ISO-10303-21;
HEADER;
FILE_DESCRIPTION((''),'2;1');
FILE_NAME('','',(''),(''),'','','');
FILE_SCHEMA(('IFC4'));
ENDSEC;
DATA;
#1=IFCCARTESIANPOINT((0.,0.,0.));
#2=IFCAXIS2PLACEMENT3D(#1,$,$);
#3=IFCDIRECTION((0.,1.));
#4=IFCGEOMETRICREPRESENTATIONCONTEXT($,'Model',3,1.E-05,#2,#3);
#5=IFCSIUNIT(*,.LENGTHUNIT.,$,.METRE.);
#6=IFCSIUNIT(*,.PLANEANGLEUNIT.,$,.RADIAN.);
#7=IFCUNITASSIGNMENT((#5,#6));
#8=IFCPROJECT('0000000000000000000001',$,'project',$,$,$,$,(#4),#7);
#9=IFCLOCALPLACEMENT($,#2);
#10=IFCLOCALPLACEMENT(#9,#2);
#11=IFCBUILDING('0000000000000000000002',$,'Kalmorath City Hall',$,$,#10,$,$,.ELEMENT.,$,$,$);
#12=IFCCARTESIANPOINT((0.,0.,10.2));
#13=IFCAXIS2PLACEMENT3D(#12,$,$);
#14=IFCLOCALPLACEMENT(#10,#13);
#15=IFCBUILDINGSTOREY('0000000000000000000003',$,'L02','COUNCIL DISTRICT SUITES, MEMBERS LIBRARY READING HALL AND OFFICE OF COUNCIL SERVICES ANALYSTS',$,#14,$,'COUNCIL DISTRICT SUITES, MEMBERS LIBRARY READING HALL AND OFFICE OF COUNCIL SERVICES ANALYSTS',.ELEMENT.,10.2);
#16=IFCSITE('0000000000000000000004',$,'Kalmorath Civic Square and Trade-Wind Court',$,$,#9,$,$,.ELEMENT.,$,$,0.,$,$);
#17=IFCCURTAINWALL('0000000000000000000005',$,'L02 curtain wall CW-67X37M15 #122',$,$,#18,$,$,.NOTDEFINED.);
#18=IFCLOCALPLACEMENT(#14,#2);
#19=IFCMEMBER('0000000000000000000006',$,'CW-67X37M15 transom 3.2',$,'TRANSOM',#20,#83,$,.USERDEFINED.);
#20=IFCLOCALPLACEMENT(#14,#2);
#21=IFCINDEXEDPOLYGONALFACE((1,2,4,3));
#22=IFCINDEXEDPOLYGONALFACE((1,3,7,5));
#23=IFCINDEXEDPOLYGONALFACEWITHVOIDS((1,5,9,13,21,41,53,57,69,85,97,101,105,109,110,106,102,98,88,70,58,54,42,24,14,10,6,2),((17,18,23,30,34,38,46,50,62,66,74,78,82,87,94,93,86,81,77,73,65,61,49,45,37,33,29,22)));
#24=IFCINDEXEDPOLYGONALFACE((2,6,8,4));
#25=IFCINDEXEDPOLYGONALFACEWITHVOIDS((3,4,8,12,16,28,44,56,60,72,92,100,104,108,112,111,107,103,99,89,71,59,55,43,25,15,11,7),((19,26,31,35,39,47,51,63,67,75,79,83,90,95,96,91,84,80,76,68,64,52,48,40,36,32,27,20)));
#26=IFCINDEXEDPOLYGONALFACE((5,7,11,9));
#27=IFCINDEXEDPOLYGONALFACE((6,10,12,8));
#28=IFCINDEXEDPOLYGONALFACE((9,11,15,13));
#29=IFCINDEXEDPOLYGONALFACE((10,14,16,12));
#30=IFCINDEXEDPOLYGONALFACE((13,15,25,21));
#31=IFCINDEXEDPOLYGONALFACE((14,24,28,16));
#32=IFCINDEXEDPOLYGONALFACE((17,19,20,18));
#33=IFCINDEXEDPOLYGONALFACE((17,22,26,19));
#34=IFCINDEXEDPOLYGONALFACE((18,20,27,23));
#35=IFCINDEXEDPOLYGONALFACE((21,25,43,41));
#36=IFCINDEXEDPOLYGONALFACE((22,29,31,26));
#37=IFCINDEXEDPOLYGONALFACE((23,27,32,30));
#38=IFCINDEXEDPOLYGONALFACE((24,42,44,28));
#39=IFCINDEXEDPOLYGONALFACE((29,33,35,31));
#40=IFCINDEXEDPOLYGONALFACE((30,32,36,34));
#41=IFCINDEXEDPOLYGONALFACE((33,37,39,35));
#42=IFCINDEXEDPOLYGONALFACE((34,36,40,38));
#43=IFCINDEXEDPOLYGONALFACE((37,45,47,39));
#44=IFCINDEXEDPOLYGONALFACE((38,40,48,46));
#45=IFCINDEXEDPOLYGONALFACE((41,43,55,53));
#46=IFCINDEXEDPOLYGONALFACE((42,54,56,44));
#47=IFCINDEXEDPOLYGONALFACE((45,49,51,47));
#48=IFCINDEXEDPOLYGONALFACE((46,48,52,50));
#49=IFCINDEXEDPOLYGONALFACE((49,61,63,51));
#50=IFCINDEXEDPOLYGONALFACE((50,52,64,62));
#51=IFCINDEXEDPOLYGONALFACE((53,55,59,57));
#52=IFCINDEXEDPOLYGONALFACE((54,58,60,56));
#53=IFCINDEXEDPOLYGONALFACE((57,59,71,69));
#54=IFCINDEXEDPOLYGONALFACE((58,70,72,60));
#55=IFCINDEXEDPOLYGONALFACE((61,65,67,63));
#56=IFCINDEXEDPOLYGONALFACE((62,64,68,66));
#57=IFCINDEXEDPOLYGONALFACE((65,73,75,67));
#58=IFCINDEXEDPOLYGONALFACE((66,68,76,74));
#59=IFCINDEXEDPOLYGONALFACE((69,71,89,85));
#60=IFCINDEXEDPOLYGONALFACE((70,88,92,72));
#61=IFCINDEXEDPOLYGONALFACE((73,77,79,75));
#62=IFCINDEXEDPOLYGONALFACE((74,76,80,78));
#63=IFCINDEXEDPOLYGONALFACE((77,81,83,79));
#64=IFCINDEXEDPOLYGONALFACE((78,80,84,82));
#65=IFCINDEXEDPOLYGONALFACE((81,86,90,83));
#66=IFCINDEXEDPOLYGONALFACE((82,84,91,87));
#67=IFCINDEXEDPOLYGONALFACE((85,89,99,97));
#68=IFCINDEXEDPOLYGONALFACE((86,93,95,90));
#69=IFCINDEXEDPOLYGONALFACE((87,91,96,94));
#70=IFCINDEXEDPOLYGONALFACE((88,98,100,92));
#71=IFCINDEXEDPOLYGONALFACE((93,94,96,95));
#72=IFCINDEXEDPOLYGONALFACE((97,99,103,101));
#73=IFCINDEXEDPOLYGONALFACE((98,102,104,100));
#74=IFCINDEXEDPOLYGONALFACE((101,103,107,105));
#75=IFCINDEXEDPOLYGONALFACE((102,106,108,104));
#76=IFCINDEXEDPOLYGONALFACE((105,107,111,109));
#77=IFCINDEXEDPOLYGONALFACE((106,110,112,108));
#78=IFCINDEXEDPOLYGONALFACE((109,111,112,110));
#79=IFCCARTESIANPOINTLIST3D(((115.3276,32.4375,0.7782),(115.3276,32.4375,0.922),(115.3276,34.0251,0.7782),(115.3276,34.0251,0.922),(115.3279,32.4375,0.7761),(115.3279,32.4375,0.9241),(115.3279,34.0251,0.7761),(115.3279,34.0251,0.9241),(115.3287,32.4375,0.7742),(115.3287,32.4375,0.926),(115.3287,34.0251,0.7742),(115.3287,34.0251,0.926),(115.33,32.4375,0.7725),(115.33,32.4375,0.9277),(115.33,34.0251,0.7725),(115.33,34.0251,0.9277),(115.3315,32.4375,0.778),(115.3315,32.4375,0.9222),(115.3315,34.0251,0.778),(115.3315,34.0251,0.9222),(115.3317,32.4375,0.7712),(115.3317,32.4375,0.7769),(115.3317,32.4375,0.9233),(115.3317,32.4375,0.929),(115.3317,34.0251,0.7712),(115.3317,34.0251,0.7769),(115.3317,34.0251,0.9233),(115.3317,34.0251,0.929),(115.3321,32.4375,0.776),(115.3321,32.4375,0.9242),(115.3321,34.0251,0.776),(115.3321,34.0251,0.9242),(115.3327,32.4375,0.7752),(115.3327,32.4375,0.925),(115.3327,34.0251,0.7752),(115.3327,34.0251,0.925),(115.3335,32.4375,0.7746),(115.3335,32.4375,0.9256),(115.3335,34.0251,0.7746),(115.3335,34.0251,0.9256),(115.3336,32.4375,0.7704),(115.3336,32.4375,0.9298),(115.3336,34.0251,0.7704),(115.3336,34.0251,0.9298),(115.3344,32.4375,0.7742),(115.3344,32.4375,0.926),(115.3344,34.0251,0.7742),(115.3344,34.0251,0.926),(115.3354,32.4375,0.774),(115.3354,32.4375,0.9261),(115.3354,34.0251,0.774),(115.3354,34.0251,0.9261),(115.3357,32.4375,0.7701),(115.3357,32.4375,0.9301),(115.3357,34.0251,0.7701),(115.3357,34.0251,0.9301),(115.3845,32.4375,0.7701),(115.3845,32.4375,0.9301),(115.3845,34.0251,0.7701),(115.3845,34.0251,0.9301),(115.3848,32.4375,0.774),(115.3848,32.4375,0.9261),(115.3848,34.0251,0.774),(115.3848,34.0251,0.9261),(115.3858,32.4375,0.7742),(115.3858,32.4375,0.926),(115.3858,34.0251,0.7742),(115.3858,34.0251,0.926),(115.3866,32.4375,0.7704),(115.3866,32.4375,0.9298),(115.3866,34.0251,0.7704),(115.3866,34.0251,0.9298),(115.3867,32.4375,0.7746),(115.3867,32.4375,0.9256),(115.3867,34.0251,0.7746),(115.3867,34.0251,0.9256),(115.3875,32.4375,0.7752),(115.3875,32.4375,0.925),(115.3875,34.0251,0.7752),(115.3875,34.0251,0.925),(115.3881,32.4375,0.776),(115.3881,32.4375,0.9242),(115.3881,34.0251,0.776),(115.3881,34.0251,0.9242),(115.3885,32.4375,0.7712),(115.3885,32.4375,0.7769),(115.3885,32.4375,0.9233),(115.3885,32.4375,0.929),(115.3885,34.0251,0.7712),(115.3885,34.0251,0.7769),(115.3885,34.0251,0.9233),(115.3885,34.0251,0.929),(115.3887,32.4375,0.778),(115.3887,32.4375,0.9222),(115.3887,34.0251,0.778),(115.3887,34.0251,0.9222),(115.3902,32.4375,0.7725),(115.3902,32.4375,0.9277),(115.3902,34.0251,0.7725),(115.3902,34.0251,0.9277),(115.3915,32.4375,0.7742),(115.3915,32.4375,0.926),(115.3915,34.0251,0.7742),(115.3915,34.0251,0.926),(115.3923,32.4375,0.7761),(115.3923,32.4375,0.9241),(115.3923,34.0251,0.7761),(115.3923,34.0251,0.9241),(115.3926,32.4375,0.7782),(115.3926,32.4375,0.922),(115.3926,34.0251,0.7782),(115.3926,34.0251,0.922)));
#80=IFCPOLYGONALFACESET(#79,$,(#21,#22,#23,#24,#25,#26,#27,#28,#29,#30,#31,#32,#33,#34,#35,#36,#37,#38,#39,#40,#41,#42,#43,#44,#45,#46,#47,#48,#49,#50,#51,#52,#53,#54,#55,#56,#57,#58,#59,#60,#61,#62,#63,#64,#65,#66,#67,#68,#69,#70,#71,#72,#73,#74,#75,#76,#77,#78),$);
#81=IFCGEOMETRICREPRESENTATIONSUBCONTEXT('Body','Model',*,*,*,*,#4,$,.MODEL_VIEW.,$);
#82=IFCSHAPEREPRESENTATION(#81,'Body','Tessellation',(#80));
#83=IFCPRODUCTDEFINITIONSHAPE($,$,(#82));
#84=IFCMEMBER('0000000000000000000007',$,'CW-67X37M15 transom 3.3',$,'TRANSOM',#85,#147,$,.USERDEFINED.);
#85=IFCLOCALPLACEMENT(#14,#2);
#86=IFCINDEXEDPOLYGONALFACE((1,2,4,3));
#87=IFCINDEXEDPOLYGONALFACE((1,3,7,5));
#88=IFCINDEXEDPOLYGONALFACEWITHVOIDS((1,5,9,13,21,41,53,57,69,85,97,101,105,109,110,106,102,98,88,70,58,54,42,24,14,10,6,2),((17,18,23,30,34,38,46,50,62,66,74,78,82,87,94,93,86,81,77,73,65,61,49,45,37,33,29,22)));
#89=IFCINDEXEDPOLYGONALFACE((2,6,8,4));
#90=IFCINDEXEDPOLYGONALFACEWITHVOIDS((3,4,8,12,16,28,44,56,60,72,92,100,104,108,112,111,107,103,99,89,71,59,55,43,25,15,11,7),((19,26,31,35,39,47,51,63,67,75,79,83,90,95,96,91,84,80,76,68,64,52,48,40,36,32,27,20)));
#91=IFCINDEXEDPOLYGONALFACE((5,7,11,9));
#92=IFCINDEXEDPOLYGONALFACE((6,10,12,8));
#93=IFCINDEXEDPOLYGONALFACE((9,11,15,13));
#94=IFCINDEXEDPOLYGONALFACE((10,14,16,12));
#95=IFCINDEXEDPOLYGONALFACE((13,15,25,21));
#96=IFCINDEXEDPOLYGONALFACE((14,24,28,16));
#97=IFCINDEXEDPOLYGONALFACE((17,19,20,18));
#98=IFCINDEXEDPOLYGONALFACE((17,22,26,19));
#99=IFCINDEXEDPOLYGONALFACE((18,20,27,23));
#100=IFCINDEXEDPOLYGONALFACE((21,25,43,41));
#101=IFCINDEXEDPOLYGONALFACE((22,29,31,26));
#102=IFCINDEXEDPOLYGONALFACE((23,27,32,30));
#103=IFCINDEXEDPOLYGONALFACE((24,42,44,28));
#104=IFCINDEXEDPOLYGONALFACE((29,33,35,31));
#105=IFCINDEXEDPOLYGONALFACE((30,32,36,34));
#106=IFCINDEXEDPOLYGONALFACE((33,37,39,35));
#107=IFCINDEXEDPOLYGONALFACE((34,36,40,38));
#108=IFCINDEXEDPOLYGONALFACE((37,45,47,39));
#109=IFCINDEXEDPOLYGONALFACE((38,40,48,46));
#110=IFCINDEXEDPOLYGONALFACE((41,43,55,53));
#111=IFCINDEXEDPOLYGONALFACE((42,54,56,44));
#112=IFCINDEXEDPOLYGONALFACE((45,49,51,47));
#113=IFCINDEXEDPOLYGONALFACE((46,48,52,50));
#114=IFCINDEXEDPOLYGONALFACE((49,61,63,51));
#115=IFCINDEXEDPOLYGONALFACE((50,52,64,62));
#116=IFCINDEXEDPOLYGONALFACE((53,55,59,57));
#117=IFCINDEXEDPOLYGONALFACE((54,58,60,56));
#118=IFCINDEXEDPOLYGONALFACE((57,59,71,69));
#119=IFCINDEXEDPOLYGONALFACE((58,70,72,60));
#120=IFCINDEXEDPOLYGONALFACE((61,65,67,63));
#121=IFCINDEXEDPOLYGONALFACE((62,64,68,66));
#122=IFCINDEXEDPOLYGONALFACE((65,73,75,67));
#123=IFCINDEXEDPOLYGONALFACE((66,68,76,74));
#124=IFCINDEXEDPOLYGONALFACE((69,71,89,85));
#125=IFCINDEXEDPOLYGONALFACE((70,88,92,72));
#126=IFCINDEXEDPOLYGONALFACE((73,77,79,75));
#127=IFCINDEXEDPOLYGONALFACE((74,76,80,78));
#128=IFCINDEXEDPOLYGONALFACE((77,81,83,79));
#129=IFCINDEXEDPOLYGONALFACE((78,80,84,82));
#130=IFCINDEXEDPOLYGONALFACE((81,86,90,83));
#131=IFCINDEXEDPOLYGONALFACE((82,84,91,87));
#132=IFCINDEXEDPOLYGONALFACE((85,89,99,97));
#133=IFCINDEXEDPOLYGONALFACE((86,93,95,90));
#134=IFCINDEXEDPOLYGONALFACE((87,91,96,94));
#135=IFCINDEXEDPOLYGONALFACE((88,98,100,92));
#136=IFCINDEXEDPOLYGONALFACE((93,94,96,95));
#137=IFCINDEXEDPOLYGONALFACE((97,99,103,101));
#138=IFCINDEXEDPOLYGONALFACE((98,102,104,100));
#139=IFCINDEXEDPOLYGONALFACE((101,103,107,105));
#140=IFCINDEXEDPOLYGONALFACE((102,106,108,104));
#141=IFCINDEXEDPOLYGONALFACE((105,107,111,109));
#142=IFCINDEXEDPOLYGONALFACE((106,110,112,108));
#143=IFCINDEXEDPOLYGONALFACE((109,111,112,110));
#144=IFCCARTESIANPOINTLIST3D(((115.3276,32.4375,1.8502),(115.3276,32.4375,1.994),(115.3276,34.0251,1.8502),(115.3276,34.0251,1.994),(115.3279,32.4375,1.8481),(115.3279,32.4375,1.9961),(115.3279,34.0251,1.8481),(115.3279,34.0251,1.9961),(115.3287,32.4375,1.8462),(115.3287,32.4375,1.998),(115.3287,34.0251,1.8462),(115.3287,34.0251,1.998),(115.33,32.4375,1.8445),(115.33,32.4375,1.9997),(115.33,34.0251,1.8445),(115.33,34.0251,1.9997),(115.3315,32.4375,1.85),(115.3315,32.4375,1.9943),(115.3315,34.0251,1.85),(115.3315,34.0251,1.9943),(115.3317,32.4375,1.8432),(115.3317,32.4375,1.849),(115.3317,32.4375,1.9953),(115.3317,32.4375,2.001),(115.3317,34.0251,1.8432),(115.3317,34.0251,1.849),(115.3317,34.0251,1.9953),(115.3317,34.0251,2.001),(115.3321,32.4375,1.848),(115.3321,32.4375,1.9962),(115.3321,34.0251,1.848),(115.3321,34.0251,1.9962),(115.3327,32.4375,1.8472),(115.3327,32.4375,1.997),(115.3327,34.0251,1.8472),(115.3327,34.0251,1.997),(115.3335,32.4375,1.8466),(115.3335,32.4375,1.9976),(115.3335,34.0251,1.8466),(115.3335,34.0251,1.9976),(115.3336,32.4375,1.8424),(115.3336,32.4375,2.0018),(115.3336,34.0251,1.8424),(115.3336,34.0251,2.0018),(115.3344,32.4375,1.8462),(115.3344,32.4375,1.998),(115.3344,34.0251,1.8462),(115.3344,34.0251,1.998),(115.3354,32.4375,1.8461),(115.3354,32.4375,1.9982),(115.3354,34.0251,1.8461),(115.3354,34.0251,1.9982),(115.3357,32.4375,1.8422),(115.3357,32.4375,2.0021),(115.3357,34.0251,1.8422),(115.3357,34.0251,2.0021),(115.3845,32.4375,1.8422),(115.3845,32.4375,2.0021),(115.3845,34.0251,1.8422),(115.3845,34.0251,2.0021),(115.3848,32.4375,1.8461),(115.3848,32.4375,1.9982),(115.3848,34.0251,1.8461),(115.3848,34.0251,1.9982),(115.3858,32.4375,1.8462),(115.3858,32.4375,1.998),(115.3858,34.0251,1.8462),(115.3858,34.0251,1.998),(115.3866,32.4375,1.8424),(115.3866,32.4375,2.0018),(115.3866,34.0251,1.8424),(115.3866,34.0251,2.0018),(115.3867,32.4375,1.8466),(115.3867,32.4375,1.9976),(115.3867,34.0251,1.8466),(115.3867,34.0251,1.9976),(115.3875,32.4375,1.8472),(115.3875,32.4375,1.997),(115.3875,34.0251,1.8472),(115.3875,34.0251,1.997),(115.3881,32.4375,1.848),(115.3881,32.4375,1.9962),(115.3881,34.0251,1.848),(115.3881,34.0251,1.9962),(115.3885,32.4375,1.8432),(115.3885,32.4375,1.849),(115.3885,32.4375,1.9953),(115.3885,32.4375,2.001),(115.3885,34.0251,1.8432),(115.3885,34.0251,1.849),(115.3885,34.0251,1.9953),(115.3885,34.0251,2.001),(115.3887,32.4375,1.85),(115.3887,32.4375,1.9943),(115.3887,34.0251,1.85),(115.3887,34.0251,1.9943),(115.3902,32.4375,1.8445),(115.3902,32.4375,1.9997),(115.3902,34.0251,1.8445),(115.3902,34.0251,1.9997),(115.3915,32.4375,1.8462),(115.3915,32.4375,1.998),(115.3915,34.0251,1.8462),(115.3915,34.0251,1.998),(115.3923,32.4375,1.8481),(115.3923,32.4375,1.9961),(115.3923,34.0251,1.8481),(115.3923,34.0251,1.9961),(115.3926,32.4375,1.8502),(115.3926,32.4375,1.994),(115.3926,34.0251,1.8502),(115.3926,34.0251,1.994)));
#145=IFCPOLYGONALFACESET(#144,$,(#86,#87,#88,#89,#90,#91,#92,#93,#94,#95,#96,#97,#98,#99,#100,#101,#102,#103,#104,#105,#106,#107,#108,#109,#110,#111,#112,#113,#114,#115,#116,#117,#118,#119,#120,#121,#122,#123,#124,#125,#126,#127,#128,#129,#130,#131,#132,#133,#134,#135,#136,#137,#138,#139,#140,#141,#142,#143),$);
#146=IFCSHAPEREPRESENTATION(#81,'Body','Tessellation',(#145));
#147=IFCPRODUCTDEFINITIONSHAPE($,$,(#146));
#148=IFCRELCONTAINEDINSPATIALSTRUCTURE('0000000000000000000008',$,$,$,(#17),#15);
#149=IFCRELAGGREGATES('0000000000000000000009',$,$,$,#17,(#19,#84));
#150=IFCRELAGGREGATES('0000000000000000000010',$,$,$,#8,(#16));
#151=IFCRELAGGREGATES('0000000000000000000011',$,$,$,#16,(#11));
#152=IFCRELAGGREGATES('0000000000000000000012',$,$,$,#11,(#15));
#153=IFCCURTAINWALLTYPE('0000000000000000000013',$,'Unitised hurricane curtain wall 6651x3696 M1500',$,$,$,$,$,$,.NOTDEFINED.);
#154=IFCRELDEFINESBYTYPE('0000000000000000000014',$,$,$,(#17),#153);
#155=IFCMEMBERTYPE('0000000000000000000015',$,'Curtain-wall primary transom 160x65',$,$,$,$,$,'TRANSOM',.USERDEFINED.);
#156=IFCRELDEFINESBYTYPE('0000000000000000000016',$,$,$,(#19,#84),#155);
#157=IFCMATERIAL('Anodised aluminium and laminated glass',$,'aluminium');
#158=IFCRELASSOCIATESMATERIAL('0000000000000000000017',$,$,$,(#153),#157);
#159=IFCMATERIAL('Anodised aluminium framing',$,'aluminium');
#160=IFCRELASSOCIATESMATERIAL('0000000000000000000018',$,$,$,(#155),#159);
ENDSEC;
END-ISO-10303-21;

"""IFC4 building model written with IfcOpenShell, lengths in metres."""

from ifc_helpers import new_model, si_unit, direction, frame, origin, origin_2d, place, context, subcontext, project, spatial, hollow_rectangle, extrude, material, material_profile, profile_set, type_object, element, aggregate, save


model = new_model("IFC4")

# Units and contexts
model_context = context("Model", 3, precision=1e-05, world=origin(), true_north=direction((0.0, 1.0)))
body_context = subcontext(model_context, "Body", "Model", "MODEL_VIEW")
ifc_project = project(units=[si_unit("LENGTHUNIT", "METRE"), si_unit("PLANEANGLEUNIT", "RADIAN")], contexts=[model_context])

# Site, building, storey
site_placement = place(None, origin())
site = spatial("IfcSite", under=ifc_project, at=site_placement, Name="Kalmorath Civic Square and Trade-Wind Court", CompositionType="ELEMENT", RefElevation=0.0)
building_placement = place(site_placement, origin())
building = spatial("IfcBuilding", under=site, at=building_placement, Name="Kalmorath City Hall", CompositionType="ELEMENT")
storey_placement = place(building_placement, frame((0.0, 0.0, 10.2)))
storey = spatial("IfcBuildingStorey", under=building, at=storey_placement, Name="L02", Description="COUNCIL DISTRICT SUITES, MEMBERS LIBRARY READING HALL AND OFFICE OF COUNCIL SERVICES ANALYSTS", LongName="COUNCIL DISTRICT SUITES, MEMBERS LIBRARY READING HALL AND OFFICE OF COUNCIL SERVICES ANALYSTS", CompositionType="ELEMENT", Elevation=10.2)

# Curtain wall
ifc_material_1 = material(Name="Anodised aluminium and laminated glass", Category="aluminium")
curtain_wall_type_1 = type_object("IfcCurtainWallType", Name="Unitised hurricane curtain wall 6651x3696 M1500", PredefinedType="NOTDEFINED", material=ifc_material_1)
curtain_wall_1_placement = place(storey_placement, origin())
curtain_wall_1 = element("IfcCurtainWall", 1, at=curtain_wall_1_placement, inside=storey, type_object=curtain_wall_type_1, Name="L02 curtain wall CW-67X37M15 #122", PredefinedType="NOTDEFINED")

# Members
ifc_material_2 = material(Name="Anodised aluminium framing", Category="aluminium")
ifc_material_profile_1 = material_profile(ifc_material_2, hollow_rectangle(XDim=0.0649, YDim=0.1599, WallThickness=0.0039, InnerFilletRadius=0.0039, OuterFilletRadius=0.0081, at=origin_2d()), Name="ALU-TRN-160X65X4")
ifc_profile_set_1 = profile_set([ifc_material_profile_1], Name="Anodised aluminium framing")
member_type_1 = type_object("IfcMemberType", Name="Curtain-wall primary transom 160x65", ElementType="TRANSOM", PredefinedType="USERDEFINED", material=ifc_profile_set_1)
member_1_placement = place(storey_placement, frame((115.3601, 32.4375, 0.8501), z_axis=(0.0, 1.0, 0.0), x_axis=(-1.0, 0.0, 0.0)))
member_1 = element("IfcMember", 2, at=member_1_placement, type_object=member_type_1, Name="CW-67X37M15 transom 3.2", ObjectType="TRANSOM", PredefinedType="USERDEFINED", context=body_context, shape_type="SweptSolid", body=[
    extrude(hollow_rectangle(XDim=0.0649, YDim=0.1599, WallThickness=0.0039, InnerFilletRadius=0.0039, OuterFilletRadius=0.0081, at=origin_2d()), origin(), (0.0, 0.0, 1.0), 1.5876),
])
member_2_placement = place(storey_placement, frame((115.3601, 32.4375, 1.9221), z_axis=(0.0, 1.0, 0.0), x_axis=(-1.0, 0.0, 0.0)))
member_2 = element("IfcMember", 3, at=member_2_placement, type_object=member_type_1, Name="CW-67X37M15 transom 3.3", ObjectType="TRANSOM", PredefinedType="USERDEFINED", context=body_context, shape_type="SweptSolid", body=[
    extrude(hollow_rectangle(XDim=0.0649, YDim=0.1599, WallThickness=0.0039, InnerFilletRadius=0.0039, OuterFilletRadius=0.0081, at=origin_2d()), origin(), (0.0, 0.0, 1.0), 1.5876),
])

aggregate(curtain_wall_1, [member_1, member_2])

save(model, "model.ifc")
